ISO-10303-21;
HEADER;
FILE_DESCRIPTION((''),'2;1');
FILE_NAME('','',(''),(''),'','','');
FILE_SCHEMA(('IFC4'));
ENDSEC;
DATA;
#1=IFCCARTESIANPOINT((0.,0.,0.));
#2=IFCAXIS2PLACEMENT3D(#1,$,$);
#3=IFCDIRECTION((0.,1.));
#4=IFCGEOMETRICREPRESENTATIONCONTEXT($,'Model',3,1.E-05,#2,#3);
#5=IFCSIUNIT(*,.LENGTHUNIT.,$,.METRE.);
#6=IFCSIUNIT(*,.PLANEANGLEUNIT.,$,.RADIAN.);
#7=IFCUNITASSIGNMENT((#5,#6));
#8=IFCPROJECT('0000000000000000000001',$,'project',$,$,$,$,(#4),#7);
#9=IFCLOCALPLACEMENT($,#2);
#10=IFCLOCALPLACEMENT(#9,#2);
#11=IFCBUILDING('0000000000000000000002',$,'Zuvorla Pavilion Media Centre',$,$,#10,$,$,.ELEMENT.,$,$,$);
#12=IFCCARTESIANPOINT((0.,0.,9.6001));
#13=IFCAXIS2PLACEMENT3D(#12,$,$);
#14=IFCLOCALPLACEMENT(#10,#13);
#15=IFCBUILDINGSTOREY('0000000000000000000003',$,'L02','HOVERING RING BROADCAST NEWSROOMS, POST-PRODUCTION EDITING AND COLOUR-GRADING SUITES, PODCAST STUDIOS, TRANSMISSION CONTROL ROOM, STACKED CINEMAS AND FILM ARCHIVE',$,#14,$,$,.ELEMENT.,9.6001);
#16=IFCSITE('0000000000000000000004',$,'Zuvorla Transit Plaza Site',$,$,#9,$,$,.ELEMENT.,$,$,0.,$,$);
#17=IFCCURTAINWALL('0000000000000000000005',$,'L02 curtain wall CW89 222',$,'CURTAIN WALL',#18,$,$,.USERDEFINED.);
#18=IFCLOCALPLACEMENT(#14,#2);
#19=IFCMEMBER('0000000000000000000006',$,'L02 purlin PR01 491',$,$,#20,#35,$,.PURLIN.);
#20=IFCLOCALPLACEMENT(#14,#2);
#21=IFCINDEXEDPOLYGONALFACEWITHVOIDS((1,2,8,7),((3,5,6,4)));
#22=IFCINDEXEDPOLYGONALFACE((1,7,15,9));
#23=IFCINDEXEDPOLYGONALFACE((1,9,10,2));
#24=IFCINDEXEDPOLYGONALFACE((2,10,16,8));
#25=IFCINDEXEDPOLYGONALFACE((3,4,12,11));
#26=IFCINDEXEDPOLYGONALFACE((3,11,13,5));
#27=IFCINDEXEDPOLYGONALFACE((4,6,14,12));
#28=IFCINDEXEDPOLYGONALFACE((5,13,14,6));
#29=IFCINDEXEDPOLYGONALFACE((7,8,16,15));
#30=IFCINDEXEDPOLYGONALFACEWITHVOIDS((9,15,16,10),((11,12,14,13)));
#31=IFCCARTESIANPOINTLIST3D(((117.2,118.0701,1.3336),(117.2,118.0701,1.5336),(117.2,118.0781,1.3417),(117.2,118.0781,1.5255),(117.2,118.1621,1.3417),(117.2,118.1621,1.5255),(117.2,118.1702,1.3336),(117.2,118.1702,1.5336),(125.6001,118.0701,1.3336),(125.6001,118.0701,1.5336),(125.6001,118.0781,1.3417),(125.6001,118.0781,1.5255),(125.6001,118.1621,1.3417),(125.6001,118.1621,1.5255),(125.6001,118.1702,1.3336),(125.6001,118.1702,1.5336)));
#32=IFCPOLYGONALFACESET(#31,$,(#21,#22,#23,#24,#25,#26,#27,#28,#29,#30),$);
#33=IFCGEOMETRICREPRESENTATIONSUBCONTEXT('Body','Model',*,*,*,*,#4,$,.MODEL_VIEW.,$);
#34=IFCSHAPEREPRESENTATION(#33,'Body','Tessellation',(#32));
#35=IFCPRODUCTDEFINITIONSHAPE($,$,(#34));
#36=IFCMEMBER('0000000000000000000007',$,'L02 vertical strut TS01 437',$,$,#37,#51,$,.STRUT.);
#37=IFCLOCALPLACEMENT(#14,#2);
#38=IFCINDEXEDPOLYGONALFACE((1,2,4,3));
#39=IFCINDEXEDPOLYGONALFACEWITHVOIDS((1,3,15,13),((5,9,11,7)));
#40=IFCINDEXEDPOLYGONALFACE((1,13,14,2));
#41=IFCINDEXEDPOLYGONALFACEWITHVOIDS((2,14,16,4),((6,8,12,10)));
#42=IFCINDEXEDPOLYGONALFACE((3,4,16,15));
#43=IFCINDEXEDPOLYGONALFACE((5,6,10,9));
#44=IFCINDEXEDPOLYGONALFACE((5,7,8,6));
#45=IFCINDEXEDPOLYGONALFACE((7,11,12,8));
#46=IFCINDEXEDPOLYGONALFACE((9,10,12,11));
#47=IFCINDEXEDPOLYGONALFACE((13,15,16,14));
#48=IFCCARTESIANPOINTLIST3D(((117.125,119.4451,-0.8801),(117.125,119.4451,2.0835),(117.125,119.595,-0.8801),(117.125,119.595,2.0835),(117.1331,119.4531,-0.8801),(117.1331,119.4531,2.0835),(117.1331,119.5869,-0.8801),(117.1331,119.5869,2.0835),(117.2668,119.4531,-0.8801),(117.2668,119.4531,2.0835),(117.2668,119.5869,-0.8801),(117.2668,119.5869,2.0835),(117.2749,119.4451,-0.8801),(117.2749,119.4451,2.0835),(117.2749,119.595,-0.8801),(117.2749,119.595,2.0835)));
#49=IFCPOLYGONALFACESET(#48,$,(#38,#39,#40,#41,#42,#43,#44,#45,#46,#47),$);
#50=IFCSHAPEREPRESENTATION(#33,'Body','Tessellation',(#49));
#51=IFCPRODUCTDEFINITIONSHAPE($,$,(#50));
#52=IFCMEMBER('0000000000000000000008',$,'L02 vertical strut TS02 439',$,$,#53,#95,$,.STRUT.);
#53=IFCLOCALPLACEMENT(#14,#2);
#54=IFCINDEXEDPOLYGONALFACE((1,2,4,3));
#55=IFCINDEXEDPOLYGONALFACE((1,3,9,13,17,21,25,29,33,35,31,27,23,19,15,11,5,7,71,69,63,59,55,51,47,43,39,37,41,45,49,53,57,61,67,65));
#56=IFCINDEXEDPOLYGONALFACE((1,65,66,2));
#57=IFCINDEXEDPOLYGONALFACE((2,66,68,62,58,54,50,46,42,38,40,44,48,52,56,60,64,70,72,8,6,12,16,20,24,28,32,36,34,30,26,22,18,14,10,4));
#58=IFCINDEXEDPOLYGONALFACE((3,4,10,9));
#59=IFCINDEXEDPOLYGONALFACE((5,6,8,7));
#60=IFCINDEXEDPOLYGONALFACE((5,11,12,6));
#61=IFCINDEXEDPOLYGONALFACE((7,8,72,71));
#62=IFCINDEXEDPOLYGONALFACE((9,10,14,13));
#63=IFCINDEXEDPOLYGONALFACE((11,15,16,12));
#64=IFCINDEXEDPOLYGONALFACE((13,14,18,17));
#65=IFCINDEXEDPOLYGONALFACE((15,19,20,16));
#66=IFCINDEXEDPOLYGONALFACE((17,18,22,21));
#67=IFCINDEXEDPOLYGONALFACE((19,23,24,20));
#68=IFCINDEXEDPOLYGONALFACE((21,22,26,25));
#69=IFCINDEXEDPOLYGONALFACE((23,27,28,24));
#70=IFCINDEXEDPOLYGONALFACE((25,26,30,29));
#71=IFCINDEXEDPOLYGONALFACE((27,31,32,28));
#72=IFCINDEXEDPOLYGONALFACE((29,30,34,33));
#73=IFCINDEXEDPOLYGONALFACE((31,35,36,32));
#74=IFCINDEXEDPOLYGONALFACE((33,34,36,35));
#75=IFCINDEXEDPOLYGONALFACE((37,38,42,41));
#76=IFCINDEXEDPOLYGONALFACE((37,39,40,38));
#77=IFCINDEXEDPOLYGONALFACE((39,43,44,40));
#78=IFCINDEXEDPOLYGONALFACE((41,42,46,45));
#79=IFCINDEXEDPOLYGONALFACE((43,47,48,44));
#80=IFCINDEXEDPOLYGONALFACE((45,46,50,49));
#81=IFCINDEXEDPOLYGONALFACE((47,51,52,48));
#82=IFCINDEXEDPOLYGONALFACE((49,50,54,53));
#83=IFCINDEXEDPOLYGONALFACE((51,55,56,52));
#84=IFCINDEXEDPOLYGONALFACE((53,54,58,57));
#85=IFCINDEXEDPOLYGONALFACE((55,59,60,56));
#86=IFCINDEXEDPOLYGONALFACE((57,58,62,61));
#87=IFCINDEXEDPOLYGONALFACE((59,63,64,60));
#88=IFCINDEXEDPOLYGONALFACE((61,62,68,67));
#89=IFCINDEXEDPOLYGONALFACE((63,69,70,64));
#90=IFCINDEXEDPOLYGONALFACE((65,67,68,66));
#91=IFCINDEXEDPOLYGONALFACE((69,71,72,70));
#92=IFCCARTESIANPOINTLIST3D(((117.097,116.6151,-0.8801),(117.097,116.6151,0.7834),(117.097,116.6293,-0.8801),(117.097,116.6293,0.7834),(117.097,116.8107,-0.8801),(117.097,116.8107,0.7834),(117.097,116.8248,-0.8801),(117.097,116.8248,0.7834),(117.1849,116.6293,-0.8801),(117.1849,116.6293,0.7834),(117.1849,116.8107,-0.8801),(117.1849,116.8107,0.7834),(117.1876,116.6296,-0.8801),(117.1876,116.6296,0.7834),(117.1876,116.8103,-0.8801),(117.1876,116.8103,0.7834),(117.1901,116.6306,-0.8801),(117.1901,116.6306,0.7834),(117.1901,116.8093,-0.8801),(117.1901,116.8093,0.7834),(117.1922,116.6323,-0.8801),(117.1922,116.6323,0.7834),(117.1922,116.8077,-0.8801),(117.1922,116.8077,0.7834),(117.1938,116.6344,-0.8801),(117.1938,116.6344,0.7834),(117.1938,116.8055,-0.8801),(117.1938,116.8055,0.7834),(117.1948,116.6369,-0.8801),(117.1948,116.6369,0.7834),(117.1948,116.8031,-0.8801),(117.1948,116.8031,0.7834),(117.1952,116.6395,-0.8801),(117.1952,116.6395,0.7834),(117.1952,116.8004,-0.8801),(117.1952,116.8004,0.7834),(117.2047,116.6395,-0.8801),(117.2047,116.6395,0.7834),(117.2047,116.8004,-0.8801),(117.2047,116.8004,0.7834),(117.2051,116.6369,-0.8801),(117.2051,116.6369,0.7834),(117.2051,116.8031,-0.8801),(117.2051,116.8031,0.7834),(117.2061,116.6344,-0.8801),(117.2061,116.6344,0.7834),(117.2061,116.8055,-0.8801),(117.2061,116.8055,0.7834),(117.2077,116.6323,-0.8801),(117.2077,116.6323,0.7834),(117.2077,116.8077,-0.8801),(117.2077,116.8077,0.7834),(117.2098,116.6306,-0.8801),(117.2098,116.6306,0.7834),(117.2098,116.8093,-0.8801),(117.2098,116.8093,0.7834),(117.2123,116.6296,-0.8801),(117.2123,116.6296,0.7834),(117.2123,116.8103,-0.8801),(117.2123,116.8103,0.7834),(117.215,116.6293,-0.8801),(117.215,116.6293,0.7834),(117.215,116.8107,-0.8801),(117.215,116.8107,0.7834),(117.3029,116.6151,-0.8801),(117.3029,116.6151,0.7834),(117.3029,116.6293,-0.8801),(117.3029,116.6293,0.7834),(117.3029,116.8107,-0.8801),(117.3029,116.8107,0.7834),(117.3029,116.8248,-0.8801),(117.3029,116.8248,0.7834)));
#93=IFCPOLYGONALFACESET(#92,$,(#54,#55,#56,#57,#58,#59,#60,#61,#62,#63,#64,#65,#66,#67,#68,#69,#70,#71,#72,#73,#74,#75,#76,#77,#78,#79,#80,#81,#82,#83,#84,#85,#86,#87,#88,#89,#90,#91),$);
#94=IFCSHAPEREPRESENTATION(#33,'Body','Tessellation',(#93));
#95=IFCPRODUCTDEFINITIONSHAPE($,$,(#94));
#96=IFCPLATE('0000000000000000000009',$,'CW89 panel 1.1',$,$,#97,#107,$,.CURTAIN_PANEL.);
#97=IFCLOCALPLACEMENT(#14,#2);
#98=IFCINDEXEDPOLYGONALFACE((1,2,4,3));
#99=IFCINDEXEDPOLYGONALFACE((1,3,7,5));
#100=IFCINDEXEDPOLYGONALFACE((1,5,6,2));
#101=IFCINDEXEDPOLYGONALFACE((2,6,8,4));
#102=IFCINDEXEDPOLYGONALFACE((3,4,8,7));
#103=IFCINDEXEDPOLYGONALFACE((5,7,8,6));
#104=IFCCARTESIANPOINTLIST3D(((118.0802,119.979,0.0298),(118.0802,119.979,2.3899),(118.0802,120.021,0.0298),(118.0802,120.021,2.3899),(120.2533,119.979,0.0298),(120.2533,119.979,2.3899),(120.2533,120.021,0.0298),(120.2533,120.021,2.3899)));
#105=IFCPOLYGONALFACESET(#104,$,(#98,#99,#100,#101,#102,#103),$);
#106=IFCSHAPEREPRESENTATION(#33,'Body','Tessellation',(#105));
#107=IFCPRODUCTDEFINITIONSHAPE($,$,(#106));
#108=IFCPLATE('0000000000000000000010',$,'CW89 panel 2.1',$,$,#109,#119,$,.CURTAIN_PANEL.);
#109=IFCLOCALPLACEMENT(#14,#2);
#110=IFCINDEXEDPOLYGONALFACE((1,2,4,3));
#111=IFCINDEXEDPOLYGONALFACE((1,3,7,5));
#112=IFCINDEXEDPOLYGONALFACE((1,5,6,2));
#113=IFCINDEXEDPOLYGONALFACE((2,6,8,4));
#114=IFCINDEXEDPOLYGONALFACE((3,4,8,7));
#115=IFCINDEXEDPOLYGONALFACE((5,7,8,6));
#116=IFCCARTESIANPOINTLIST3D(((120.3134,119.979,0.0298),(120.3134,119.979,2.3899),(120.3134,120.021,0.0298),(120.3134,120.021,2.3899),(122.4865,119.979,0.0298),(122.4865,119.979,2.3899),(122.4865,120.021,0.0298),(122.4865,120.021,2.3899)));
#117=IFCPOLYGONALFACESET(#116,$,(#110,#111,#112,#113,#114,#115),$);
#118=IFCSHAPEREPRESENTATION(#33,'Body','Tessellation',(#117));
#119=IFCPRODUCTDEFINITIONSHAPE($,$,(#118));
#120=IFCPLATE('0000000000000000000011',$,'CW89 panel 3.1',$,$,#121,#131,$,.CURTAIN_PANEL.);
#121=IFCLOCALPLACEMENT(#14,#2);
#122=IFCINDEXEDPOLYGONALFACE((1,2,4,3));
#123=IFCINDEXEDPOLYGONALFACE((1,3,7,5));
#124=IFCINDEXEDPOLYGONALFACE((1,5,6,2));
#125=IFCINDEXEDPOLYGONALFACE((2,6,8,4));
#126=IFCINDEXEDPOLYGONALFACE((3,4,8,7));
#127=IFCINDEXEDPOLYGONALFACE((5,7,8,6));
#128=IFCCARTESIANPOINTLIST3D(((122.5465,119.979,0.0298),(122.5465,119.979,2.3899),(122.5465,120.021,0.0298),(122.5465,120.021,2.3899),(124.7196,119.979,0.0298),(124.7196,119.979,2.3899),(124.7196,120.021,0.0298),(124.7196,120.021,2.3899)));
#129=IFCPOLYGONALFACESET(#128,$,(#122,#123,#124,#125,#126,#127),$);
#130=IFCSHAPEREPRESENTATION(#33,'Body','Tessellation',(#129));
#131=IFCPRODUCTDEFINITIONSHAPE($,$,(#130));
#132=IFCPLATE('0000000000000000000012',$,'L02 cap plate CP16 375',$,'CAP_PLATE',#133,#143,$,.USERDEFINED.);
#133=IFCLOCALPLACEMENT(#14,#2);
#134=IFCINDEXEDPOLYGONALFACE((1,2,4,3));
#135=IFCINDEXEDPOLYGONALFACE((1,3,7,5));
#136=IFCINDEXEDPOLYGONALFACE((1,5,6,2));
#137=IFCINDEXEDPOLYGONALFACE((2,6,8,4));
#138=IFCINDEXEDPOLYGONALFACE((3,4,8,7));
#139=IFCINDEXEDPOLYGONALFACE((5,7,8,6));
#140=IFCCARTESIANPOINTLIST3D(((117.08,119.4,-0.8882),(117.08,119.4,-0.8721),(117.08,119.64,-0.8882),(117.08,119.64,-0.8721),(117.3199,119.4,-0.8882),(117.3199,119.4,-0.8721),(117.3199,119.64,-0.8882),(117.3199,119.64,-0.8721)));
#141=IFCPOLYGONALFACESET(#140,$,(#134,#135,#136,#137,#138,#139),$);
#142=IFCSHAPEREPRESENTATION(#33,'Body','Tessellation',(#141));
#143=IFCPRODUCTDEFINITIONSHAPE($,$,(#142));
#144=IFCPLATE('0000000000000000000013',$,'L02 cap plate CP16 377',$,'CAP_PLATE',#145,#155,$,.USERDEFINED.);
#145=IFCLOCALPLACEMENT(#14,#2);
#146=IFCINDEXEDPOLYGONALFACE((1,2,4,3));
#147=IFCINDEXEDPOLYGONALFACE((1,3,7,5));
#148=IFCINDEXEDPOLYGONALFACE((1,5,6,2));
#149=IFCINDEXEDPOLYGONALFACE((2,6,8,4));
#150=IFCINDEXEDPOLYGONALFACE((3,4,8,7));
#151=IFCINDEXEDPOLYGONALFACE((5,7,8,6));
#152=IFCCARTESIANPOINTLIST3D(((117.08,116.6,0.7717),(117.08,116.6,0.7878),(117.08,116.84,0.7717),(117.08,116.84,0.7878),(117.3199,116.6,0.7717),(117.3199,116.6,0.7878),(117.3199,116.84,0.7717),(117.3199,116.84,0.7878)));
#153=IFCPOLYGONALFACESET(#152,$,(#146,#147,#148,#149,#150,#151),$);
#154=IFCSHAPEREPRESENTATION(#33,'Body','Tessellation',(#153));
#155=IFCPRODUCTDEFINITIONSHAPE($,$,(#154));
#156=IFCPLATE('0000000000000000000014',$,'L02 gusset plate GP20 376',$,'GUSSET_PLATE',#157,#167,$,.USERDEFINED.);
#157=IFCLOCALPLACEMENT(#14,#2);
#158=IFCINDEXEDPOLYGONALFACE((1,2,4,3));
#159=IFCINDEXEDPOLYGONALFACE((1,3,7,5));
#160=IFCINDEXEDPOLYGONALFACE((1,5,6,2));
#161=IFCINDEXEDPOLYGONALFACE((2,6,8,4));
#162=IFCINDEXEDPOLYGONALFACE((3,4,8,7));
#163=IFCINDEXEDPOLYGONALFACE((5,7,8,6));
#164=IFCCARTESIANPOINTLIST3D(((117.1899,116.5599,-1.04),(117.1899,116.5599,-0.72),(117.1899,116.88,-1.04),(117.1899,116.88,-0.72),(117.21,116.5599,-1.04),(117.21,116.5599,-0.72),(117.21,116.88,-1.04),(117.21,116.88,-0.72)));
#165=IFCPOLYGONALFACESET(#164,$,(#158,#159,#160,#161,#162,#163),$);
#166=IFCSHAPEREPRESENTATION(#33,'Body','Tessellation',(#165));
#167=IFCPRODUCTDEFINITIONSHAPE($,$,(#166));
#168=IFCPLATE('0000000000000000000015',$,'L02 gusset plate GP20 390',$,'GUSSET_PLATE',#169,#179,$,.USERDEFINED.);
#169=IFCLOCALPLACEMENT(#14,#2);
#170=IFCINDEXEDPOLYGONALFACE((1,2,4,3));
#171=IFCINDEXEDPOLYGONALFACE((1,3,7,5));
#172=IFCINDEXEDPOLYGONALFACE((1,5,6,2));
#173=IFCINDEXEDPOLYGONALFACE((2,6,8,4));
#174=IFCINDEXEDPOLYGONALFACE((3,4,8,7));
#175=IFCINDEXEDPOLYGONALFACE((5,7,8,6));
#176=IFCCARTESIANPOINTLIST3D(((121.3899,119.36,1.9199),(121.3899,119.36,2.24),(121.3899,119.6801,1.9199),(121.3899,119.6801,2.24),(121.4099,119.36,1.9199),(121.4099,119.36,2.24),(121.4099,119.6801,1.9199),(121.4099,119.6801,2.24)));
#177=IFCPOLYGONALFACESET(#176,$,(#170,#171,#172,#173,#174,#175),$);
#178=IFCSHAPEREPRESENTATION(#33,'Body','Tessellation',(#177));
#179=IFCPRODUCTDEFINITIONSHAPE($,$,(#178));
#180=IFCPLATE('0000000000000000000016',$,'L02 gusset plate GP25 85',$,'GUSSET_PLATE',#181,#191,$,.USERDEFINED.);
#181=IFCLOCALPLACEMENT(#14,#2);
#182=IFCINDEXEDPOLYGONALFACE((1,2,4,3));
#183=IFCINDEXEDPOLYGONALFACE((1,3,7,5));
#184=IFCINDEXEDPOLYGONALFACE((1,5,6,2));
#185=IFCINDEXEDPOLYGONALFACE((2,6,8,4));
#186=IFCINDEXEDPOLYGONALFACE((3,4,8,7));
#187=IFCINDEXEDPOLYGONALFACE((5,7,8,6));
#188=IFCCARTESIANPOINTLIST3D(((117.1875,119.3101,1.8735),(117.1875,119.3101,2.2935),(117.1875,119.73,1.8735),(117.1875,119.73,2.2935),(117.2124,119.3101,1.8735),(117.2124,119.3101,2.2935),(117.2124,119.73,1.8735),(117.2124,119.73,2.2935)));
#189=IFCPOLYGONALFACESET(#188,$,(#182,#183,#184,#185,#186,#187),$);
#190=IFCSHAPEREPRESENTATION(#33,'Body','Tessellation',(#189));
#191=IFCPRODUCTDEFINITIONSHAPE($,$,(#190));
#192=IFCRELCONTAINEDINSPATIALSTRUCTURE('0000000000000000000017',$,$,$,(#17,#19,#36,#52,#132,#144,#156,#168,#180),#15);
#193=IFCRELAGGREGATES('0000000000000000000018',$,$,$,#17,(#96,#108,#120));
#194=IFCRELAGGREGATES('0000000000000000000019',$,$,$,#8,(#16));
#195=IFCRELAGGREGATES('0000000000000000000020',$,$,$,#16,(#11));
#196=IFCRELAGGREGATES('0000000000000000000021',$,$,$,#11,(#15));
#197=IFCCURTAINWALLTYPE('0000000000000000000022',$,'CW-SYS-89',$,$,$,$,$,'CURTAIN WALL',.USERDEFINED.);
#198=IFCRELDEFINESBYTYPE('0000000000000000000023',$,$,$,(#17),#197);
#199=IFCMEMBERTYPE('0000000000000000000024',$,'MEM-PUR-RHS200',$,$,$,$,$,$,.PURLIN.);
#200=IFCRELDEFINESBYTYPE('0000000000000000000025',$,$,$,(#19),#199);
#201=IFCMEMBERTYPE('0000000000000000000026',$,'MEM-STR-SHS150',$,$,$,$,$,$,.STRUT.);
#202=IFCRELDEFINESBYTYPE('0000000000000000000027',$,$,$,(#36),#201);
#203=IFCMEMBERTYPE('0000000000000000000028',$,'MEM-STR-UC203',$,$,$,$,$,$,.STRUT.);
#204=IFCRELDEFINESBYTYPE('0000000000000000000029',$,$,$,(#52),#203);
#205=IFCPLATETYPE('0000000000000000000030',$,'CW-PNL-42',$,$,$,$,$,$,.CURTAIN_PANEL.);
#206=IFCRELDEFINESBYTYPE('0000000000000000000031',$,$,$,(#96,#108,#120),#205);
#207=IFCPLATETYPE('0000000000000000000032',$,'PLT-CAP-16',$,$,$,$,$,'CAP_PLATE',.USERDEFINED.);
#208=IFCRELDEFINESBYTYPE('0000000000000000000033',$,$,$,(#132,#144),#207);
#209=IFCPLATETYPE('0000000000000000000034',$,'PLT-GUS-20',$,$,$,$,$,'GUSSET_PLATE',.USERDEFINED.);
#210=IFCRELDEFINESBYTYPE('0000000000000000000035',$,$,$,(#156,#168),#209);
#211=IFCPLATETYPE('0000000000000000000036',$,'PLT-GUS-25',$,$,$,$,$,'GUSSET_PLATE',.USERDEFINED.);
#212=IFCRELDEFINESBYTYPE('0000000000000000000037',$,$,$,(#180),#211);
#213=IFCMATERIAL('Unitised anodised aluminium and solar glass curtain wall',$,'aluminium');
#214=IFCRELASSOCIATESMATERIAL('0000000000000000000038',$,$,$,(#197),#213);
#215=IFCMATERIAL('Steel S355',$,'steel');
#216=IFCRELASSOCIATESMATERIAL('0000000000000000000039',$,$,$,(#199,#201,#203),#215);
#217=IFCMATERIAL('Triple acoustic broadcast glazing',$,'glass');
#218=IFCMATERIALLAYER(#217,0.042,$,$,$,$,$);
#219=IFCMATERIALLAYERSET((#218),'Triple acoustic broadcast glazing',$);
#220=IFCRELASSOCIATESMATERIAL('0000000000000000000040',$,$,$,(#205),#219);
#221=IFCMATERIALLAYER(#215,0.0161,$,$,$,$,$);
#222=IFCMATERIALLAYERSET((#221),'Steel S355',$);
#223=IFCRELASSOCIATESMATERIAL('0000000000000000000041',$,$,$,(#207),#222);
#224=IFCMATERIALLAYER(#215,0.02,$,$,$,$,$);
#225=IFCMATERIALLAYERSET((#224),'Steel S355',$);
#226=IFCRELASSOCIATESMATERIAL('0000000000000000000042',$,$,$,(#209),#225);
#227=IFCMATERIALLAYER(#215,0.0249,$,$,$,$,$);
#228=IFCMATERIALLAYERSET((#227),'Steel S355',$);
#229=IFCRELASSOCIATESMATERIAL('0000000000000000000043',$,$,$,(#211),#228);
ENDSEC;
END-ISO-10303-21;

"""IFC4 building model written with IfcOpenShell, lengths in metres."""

from ifc_helpers import new_model, si_unit, direction, frame, origin, origin_2d, place, context, subcontext, project, spatial, rectangle, hollow_rectangle, i_section, extrude, material, layer, layer_set, material_profile, profile_set, type_object, element, aggregate, save


model = new_model("IFC4")

# Units and contexts
model_context = context("Model", 3, precision=1e-05, world=origin(), true_north=direction((0.0, 1.0)))
body_context = subcontext(model_context, "Body", "Model", "MODEL_VIEW")
ifc_project = project(units=[si_unit("LENGTHUNIT", "METRE"), si_unit("PLANEANGLEUNIT", "RADIAN")], contexts=[model_context])

# Site, building, storey
site_placement = place(None, origin())
site = spatial("IfcSite", under=ifc_project, at=site_placement, Name="Zuvorla Transit Plaza Site", CompositionType="ELEMENT", RefElevation=0.0)
building_placement = place(site_placement, origin())
building = spatial("IfcBuilding", under=site, at=building_placement, Name="Zuvorla Pavilion Media Centre", CompositionType="ELEMENT")
storey_placement = place(building_placement, frame((0.0, 0.0, 9.6001)))
storey = spatial("IfcBuildingStorey", under=building, at=storey_placement, Name="L02", Description="HOVERING RING BROADCAST NEWSROOMS, POST-PRODUCTION EDITING AND COLOUR-GRADING SUITES, PODCAST STUDIOS, TRANSMISSION CONTROL ROOM, STACKED CINEMAS AND FILM ARCHIVE", CompositionType="ELEMENT", Elevation=9.6001)

# Curtain wall
ifc_material_1 = material(Name="Unitised anodised aluminium and solar glass curtain wall", Category="aluminium")
curtain_wall_type = type_object("IfcCurtainWallType", Name="CW-SYS-89", ElementType="CURTAIN WALL", PredefinedType="USERDEFINED", material=ifc_material_1)
curtain_wall_placement = place(storey_placement, origin())
curtain_wall = element("IfcCurtainWall", 1, at=curtain_wall_placement, inside=storey, type_object=curtain_wall_type, Name="L02 curtain wall CW89 222", ObjectType="CURTAIN WALL", PredefinedType="USERDEFINED")

# Members
ifc_material_2 = material(Name="Steel S355", Category="steel")
ifc_material_profile_1 = material_profile(ifc_material_2, hollow_rectangle(XDim=0.1001, YDim=0.2, WallThickness=0.0081, at=origin_2d()), Name="RHS 200x100x8")
ifc_profile_set_1 = profile_set([ifc_material_profile_1], Name="Steel S355")
member_type_1 = type_object("IfcMemberType", Name="MEM-PUR-RHS200", PredefinedType="PURLIN", material=ifc_profile_set_1)
for number, where, z_axis, x_axis, name in (
    (2, (117.2, 118.1201, 1.4336), (1.0, 0.0, 0.0), (0.0, 1.0, 0.0), "L02 purlin PR01 491"),
):
    element("IfcMember", number, at=place(storey_placement, frame(where, z_axis=z_axis, x_axis=x_axis)), inside=storey, type_object=member_type_1, Name=name, PredefinedType="PURLIN", context=body_context, shape_type="SweptSolid", body=[
        extrude(hollow_rectangle(XDim=0.1001, YDim=0.2, WallThickness=0.0081, at=origin_2d()), origin(), (0.0, 0.0, 1.0), 8.4001),
    ])
ifc_material_profile_2 = material_profile(ifc_material_2, hollow_rectangle(XDim=0.1499, YDim=0.1499, WallThickness=0.0081, at=origin_2d()), Name="SHS 150x150x8")
ifc_profile_set_2 = profile_set([ifc_material_profile_2], Name="Steel S355")
member_type_2 = type_object("IfcMemberType", Name="MEM-STR-SHS150", PredefinedType="STRUT", material=ifc_profile_set_2)
member_1_placement = place(storey_placement, frame((117.2, 119.52, -0.8801), z_axis=(0.0, 0.0, 1.0), x_axis=(1.0, 0.0, 0.0)))
element("IfcMember", 3, at=member_1_placement, inside=storey, type_object=member_type_2, Name="L02 vertical strut TS01 437", PredefinedType="STRUT", context=body_context, shape_type="SweptSolid", body=[
    extrude(hollow_rectangle(XDim=0.1499, YDim=0.1499, WallThickness=0.0081, at=origin_2d()), origin(), (0.0, 0.0, 1.0), 2.9636),
])
ifc_material_profile_3 = material_profile(ifc_material_2, i_section(OverallWidth=0.2058, OverallDepth=0.2097, WebThickness=0.0095, FlangeThickness=0.0142, FilletRadius=0.0103, at=origin_2d()), Name="UC 203x203x60")
ifc_profile_set_3 = profile_set([ifc_material_profile_3], Name="Steel S355")
member_type_3 = type_object("IfcMemberType", Name="MEM-STR-UC203", PredefinedType="STRUT", material=ifc_profile_set_3)
member_2_placement = place(storey_placement, frame((117.2, 116.72, -0.8801), z_axis=(0.0, 0.0, 1.0), x_axis=(1.0, 0.0, 0.0)))
element("IfcMember", 4, at=member_2_placement, inside=storey, type_object=member_type_3, Name="L02 vertical strut TS02 439", PredefinedType="STRUT", context=body_context, shape_type="SweptSolid", body=[
    extrude(i_section(OverallWidth=0.2058, OverallDepth=0.2097, WebThickness=0.0095, FlangeThickness=0.0142, FilletRadius=0.0103, at=origin_2d()), origin(), (0.0, 0.0, 1.0), 1.6636),
])

# Plates
ifc_material_3 = material(Name="Triple acoustic broadcast glazing", Category="glass")
ifc_layer_1 = layer(ifc_material_3, 0.042)
ifc_layer_set_1 = layer_set([ifc_layer_1], Name="Triple acoustic broadcast glazing")
plate_type_1 = type_object("IfcPlateType", Name="CW-PNL-42", PredefinedType="CURTAIN_PANEL", material=ifc_layer_set_1)
plate_1_placement = place(storey_placement, frame((119.1667, 120.0, 0.0298), z_axis=(0.0, 0.0, 1.0), x_axis=(1.0, 0.0, 0.0)))
plate_1 = element("IfcPlate", 5, at=plate_1_placement, type_object=plate_type_1, Name="CW89 panel 1.1", PredefinedType="CURTAIN_PANEL", context=body_context, shape_type="SweptSolid", body=[
    extrude(rectangle(XDim=2.1731, YDim=0.042, at=origin_2d()), origin(), (0.0, 0.0, 1.0), 2.3601),
])
plate_2_placement = place(storey_placement, frame((121.3999, 120.0, 0.0298), z_axis=(0.0, 0.0, 1.0), x_axis=(1.0, 0.0, 0.0)))
plate_2 = element("IfcPlate", 6, at=plate_2_placement, type_object=plate_type_1, Name="CW89 panel 2.1", PredefinedType="CURTAIN_PANEL", context=body_context, shape_type="SweptSolid", body=[
    extrude(rectangle(XDim=2.1731, YDim=0.042, at=origin_2d()), origin(), (0.0, 0.0, 1.0), 2.3601),
])
plate_3_placement = place(storey_placement, frame((123.6331, 120.0, 0.0298), z_axis=(0.0, 0.0, 1.0), x_axis=(1.0, 0.0, 0.0)))
plate_3 = element("IfcPlate", 7, at=plate_3_placement, type_object=plate_type_1, Name="CW89 panel 3.1", PredefinedType="CURTAIN_PANEL", context=body_context, shape_type="SweptSolid", body=[
    extrude(rectangle(XDim=2.1731, YDim=0.042, at=origin_2d()), origin(), (0.0, 0.0, 1.0), 2.3601),
])
aggregate(curtain_wall, [plate_1, plate_2, plate_3])

# Plates
ifc_layer_2 = layer(ifc_material_2, 0.0161)
ifc_layer_set_2 = layer_set([ifc_layer_2], Name="Steel S355")
plate_type_2 = type_object("IfcPlateType", Name="PLT-CAP-16", ElementType="CAP_PLATE", PredefinedType="USERDEFINED", material=ifc_layer_set_2)
for number, where, z_axis, x_axis, name in (
    (8, (117.2, 119.52, -0.8882), (0.0, 0.0, 1.0), (1.0, 0.0, 0.0), "L02 cap plate CP16 375"),
    (9, (117.2, 116.72, 0.7717), (0.0, 0.0, 1.0), (1.0, 0.0, 0.0), "L02 cap plate CP16 377"),
):
    element("IfcPlate", number, at=place(storey_placement, frame(where, z_axis=z_axis, x_axis=x_axis)), inside=storey, type_object=plate_type_2, Name=name, ObjectType="CAP_PLATE", PredefinedType="USERDEFINED", context=body_context, shape_type="SweptSolid", body=[
        extrude(rectangle(XDim=0.24, YDim=0.24, at=origin_2d()), origin(), (0.0, 0.0, 1.0), 0.0161),
    ])
ifc_layer_3 = layer(ifc_material_2, 0.02)
ifc_layer_set_3 = layer_set([ifc_layer_3], Name="Steel S355")
plate_type_3 = type_object("IfcPlateType", Name="PLT-GUS-20", ElementType="GUSSET_PLATE", PredefinedType="USERDEFINED", material=ifc_layer_set_3)
for number, where, z_axis, x_axis, name in (
    (10, (117.2, 116.72, -1.04), (0.0, 0.0, 1.0), (1.0, 0.0, 0.0), "L02 gusset plate GP20 376"),
    (11, (121.3999, 119.52, 1.9199), (0.0, 0.0, 1.0), (1.0, 0.0, 0.0), "L02 gusset plate GP20 390"),
):
    element("IfcPlate", number, at=place(storey_placement, frame(where, z_axis=z_axis, x_axis=x_axis)), inside=storey, type_object=plate_type_3, Name=name, ObjectType="GUSSET_PLATE", PredefinedType="USERDEFINED", context=body_context, shape_type="SweptSolid", body=[
        extrude(rectangle(XDim=0.02, YDim=0.3201, at=origin_2d()), origin(), (0.0, 0.0, 1.0), 0.3201),
    ])
ifc_layer_4 = layer(ifc_material_2, 0.0249)
ifc_layer_set_4 = layer_set([ifc_layer_4], Name="Steel S355")
plate_type_4 = type_object("IfcPlateType", Name="PLT-GUS-25", ElementType="GUSSET_PLATE", PredefinedType="USERDEFINED", material=ifc_layer_set_4)
plate_4_placement = place(storey_placement, frame((117.2, 119.52, 1.8735), z_axis=(0.0, 0.0, 1.0), x_axis=(1.0, 0.0, 0.0)))
element("IfcPlate", 12, at=plate_4_placement, inside=storey, type_object=plate_type_4, Name="L02 gusset plate GP25 85", ObjectType="GUSSET_PLATE", PredefinedType="USERDEFINED", context=body_context, shape_type="SweptSolid", body=[
    extrude(rectangle(XDim=0.0249, YDim=0.4199, at=origin_2d()), origin(), (0.0, 0.0, 1.0), 0.4199),
])

save(model, "model.ifc")
